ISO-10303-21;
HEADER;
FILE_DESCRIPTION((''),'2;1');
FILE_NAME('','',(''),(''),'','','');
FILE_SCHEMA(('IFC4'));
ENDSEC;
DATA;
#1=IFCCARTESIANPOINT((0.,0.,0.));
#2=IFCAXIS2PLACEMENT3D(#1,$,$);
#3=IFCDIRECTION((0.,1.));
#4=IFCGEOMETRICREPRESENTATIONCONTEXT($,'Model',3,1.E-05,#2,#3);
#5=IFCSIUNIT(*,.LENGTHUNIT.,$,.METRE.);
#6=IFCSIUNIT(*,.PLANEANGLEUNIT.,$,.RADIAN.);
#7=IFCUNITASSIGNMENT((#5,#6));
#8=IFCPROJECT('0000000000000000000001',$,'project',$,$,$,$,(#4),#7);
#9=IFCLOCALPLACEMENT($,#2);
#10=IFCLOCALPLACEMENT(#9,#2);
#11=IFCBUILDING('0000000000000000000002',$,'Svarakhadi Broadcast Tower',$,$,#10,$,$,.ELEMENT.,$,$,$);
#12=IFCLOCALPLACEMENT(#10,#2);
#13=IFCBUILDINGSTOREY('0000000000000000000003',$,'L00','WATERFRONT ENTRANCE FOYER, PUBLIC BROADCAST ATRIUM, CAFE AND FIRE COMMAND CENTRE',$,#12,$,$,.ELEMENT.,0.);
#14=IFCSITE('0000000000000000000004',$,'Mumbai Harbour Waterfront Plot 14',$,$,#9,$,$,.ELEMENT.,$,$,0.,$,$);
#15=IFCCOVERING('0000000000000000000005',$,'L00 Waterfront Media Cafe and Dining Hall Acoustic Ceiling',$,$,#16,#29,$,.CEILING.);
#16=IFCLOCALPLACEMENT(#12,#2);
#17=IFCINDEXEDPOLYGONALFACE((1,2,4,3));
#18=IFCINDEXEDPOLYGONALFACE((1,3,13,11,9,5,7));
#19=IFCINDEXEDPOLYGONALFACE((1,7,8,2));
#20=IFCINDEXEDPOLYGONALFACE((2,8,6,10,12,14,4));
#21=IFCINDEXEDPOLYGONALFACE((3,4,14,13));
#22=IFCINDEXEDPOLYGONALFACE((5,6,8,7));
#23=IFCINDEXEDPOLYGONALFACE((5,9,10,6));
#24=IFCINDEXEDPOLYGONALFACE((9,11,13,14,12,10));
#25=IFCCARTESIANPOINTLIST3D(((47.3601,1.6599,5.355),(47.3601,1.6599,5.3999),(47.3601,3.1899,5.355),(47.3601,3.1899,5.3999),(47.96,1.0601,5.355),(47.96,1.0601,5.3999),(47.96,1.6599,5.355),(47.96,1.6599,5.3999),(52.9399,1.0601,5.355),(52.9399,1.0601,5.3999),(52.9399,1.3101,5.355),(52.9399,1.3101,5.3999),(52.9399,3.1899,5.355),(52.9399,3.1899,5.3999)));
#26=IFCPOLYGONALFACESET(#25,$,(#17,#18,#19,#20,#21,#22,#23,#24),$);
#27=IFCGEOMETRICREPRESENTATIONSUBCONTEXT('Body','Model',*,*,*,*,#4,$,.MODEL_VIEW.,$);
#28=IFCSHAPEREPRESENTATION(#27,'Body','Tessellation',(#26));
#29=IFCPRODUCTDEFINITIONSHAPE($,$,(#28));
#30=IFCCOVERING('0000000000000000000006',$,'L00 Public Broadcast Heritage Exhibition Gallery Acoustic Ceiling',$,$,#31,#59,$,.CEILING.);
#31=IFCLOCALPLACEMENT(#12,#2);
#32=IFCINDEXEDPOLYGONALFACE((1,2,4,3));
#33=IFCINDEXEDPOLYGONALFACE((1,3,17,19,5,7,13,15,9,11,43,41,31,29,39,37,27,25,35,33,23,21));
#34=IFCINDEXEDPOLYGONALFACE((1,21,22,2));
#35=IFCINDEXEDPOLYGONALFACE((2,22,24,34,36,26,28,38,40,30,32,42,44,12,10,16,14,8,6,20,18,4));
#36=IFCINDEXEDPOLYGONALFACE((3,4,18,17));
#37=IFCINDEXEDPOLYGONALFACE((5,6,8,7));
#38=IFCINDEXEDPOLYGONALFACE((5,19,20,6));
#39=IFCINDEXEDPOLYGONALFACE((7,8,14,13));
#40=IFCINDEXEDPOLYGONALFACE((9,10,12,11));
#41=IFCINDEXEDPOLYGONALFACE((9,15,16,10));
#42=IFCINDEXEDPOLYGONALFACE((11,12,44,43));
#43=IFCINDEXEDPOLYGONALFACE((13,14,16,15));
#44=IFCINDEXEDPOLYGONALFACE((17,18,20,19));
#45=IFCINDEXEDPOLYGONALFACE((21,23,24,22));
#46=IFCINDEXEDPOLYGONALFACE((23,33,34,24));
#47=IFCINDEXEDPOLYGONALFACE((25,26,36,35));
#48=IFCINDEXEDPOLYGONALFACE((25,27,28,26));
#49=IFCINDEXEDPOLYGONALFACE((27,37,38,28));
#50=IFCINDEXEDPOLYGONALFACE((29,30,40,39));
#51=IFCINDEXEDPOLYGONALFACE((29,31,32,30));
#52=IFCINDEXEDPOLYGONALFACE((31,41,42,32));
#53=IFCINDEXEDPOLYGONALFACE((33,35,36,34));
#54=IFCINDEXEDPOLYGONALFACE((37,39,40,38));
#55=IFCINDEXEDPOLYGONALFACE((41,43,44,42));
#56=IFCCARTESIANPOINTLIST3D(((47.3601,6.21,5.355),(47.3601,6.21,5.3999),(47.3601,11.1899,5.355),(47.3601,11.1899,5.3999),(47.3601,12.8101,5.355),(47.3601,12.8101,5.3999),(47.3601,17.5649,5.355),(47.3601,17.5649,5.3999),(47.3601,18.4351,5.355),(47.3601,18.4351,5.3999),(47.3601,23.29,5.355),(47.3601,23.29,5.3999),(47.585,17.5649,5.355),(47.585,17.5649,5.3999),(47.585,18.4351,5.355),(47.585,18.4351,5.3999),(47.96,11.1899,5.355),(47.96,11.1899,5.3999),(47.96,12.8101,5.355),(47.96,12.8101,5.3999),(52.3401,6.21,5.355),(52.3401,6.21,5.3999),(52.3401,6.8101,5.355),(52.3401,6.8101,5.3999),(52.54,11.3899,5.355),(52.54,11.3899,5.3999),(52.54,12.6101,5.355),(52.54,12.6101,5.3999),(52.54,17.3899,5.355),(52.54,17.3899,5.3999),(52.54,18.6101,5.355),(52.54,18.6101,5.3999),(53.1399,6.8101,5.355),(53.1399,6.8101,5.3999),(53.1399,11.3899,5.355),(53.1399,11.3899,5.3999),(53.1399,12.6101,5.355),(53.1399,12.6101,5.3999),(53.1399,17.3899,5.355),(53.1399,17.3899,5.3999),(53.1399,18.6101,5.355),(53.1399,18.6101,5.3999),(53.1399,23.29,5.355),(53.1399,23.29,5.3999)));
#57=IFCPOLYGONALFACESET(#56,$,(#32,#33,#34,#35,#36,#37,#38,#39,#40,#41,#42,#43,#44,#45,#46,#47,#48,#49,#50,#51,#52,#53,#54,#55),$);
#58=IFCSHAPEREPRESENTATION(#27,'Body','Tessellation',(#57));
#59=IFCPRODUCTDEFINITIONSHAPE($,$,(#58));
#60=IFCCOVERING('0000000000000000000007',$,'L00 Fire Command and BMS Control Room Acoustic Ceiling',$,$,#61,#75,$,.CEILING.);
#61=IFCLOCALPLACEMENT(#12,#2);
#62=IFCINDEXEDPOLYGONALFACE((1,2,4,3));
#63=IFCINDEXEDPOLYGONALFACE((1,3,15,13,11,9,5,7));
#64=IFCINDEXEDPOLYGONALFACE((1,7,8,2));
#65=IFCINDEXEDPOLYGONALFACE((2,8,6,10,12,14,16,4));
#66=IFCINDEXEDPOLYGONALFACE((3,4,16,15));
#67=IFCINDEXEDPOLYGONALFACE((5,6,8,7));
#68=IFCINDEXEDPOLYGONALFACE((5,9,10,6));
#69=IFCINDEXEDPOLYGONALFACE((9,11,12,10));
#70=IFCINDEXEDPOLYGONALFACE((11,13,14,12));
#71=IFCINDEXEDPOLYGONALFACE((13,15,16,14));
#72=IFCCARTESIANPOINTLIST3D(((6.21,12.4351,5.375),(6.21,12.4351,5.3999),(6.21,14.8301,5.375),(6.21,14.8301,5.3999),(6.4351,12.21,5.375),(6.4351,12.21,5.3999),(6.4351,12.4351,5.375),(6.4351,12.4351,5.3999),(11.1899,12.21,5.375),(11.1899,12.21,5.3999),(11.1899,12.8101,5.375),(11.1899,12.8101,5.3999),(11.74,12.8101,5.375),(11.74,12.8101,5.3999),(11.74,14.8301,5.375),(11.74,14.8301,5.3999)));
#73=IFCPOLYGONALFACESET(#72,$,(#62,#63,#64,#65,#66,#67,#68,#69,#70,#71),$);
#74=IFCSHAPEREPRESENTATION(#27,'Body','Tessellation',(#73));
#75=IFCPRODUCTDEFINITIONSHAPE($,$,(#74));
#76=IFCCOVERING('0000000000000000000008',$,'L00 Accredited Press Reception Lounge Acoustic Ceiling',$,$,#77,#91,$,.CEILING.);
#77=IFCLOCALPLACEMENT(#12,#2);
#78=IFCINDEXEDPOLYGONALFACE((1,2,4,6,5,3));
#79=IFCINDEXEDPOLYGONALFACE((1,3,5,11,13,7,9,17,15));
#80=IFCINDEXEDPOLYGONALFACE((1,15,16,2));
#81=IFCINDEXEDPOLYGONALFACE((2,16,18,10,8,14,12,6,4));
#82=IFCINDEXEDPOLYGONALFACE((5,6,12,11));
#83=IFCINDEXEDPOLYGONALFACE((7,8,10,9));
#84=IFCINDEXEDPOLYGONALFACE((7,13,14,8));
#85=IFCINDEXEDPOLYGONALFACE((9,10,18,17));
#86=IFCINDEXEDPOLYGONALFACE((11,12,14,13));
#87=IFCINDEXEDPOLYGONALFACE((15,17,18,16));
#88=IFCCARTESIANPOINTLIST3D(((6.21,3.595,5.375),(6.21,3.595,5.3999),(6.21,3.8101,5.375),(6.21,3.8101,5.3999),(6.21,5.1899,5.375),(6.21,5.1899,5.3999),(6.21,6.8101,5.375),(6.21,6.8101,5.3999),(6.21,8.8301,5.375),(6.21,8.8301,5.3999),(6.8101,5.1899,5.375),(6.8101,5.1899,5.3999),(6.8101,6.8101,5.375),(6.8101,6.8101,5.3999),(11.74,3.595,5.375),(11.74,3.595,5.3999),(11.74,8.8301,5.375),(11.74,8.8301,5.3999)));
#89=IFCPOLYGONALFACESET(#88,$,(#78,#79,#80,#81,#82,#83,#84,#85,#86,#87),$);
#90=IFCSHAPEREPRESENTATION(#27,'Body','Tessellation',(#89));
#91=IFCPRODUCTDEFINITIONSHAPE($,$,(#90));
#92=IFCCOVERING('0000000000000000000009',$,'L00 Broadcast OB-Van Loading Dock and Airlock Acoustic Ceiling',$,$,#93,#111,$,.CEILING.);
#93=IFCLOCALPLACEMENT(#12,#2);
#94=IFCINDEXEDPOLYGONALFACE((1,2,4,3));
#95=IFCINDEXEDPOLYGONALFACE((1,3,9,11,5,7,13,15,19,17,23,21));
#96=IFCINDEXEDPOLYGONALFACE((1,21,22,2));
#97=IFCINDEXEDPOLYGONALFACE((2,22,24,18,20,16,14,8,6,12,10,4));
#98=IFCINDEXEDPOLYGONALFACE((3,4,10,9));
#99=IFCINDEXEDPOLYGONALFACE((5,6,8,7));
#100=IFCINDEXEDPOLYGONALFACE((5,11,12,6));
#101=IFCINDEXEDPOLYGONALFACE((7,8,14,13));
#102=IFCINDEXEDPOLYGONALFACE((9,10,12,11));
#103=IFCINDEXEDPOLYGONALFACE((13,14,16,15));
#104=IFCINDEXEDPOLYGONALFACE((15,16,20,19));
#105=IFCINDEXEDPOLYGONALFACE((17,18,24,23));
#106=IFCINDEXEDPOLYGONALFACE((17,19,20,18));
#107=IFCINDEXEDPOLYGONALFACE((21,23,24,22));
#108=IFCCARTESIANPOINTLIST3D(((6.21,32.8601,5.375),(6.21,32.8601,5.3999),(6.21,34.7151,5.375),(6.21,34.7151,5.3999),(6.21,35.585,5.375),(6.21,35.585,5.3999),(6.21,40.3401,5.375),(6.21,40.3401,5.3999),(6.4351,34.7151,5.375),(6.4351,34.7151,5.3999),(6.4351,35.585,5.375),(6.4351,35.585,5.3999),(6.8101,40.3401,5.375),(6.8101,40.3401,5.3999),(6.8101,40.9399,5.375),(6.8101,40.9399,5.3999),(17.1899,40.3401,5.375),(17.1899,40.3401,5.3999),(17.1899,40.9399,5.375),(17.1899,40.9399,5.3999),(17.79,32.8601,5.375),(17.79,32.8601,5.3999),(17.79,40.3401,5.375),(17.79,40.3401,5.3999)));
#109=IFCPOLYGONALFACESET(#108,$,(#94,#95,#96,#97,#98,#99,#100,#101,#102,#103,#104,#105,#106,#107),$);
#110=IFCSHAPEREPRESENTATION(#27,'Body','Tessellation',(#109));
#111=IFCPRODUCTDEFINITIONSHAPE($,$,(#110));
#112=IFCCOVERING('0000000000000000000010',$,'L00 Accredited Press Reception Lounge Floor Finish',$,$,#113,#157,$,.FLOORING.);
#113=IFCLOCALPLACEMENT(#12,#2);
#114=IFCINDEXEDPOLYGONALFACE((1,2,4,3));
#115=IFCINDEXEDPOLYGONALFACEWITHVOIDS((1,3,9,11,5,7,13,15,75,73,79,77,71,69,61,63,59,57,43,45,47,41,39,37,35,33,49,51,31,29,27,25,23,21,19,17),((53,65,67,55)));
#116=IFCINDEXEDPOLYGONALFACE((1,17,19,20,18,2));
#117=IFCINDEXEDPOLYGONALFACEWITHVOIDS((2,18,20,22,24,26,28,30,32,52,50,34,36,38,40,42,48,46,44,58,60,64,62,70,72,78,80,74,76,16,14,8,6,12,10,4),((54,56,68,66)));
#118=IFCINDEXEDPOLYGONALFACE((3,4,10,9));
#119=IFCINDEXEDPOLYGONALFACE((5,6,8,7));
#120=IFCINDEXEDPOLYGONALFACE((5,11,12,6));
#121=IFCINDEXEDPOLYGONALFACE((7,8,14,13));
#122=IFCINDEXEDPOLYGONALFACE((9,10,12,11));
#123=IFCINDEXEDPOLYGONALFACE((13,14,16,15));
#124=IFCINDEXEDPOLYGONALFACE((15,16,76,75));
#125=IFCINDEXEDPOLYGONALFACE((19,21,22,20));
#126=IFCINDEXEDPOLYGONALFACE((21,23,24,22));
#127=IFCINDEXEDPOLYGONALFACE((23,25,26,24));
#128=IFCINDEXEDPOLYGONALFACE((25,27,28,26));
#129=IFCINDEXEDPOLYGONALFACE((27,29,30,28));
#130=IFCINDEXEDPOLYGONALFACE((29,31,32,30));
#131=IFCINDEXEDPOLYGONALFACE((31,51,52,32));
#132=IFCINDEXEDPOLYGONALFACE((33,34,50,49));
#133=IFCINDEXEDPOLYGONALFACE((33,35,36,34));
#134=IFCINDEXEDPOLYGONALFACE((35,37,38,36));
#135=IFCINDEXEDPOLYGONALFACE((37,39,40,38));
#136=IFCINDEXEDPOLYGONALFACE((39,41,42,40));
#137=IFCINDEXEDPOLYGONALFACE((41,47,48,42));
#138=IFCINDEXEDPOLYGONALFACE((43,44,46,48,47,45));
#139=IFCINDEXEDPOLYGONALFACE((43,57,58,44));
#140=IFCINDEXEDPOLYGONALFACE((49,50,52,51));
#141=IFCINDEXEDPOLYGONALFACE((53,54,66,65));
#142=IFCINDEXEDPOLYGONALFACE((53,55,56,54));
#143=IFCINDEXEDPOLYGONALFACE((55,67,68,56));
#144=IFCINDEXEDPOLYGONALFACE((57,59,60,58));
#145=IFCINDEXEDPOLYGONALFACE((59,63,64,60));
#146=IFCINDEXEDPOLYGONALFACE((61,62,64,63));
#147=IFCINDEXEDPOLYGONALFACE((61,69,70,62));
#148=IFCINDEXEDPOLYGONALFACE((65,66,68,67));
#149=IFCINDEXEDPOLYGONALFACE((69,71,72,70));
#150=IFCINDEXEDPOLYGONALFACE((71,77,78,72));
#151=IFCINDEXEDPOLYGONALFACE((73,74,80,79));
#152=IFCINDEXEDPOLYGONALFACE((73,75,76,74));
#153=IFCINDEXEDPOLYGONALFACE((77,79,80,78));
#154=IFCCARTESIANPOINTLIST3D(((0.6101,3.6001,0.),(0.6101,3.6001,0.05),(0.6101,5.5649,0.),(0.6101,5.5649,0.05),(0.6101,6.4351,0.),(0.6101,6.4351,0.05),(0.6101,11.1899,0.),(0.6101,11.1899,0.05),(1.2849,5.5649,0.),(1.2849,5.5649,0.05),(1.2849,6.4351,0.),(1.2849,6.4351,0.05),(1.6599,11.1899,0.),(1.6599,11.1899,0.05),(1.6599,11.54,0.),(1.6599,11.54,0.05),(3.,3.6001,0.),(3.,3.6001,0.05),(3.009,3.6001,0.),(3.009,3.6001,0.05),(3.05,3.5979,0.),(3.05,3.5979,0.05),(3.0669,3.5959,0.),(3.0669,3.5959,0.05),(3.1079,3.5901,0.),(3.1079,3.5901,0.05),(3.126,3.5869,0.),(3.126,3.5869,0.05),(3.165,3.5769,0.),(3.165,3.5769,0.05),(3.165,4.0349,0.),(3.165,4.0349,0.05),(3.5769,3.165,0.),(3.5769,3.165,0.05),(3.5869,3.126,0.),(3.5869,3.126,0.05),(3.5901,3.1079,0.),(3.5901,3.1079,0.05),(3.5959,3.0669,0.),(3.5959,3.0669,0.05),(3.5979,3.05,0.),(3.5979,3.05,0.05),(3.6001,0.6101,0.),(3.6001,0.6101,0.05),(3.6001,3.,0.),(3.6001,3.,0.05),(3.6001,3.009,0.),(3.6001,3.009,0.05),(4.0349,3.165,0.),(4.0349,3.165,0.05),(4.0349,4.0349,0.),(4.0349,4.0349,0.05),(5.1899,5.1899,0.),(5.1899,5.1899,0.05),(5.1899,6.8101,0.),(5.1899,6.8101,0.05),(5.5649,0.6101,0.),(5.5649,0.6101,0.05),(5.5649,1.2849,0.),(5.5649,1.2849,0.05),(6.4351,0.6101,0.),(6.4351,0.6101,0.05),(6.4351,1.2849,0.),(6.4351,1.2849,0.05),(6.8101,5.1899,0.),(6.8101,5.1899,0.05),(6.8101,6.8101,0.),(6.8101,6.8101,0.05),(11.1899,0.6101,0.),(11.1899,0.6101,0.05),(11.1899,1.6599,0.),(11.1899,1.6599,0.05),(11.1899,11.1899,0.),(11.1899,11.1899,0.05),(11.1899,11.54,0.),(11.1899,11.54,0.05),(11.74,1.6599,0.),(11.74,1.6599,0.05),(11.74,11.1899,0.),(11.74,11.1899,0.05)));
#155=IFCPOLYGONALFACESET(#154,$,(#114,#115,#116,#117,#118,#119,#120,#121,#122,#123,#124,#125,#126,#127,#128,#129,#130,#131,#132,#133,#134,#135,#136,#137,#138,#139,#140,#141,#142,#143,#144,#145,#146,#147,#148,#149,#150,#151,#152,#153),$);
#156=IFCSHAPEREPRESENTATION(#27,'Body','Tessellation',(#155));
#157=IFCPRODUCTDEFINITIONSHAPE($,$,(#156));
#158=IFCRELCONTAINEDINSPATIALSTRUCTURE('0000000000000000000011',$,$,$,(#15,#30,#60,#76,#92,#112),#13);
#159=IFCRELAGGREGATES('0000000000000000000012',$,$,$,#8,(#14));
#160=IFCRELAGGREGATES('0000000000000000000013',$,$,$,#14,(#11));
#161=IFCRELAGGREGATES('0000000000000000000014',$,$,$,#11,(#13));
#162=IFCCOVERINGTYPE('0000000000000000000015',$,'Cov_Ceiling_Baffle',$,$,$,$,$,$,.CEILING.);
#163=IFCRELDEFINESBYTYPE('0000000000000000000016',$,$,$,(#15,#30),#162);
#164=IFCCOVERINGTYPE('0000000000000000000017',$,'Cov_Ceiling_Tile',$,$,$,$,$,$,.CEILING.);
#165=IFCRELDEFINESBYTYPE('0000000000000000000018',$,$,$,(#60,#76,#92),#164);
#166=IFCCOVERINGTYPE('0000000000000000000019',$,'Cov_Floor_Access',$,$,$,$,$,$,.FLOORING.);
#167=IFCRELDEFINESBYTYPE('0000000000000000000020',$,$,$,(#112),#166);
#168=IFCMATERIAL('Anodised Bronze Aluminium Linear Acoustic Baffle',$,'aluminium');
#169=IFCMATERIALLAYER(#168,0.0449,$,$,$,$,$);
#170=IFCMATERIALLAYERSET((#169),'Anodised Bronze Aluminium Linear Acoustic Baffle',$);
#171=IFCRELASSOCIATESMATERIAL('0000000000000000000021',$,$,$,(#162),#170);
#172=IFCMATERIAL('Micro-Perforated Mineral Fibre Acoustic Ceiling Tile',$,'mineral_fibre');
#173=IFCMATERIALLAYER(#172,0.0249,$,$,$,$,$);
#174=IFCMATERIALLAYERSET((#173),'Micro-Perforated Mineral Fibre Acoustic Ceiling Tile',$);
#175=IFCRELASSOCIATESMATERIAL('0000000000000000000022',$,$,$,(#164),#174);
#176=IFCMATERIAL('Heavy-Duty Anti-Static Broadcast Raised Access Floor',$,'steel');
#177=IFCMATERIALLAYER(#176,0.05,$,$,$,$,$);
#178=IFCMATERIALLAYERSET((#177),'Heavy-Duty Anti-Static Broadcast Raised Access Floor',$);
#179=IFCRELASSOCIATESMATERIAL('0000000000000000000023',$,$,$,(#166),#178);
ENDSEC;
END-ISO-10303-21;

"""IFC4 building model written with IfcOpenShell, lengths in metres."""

from ifc_helpers import new_model, si_unit, direction, frame, origin, place, context, subcontext, project, spatial, polyline, outline, extrude, material, layer, layer_set, type_object, element, save


model = new_model("IFC4")

# Units and contexts
model_context = context("Model", 3, precision=1e-05, world=origin(), true_north=direction((0.0, 1.0)))
body_context = subcontext(model_context, "Body", "Model", "MODEL_VIEW")
ifc_project = project(units=[si_unit("LENGTHUNIT", "METRE"), si_unit("PLANEANGLEUNIT", "RADIAN")], contexts=[model_context])

# Site, building, storey
site_placement = place(None, origin())
site = spatial("IfcSite", under=ifc_project, at=site_placement, Name="Mumbai Harbour Waterfront Plot 14", CompositionType="ELEMENT", RefElevation=0.0)
building_placement = place(site_placement, origin())
building = spatial("IfcBuilding", under=site, at=building_placement, Name="Svarakhadi Broadcast Tower", CompositionType="ELEMENT")
storey_placement = place(building_placement, origin())
storey = spatial("IfcBuildingStorey", under=building, at=storey_placement, Name="L00", Description="WATERFRONT ENTRANCE FOYER, PUBLIC BROADCAST ATRIUM, CAFE AND FIRE COMMAND CENTRE", CompositionType="ELEMENT", Elevation=0.0)

# Coverings
ifc_material_1 = material(Name="Anodised Bronze Aluminium Linear Acoustic Baffle", Category="aluminium")
ifc_layer_1 = layer(ifc_material_1, 0.0449)
ifc_layer_set_1 = layer_set([ifc_layer_1], Name="Anodised Bronze Aluminium Linear Acoustic Baffle")
covering_type_1 = type_object("IfcCoveringType", Name="Cov_Ceiling_Baffle", PredefinedType="CEILING", material=ifc_layer_set_1)
covering_1_placement = place(storey_placement, frame((0.0, 0.0, 5.355)))
element("IfcCovering", 1, at=covering_1_placement, inside=storey, type_object=covering_type_1, Name="L00 Waterfront Media Cafe and Dining Hall Acoustic Ceiling", PredefinedType="CEILING", context=body_context, shape_type="SweptSolid", body=[
    extrude(outline(polyline([(52.9399, 3.1899), (52.9399, 1.3101), (52.9399, 1.0601), (47.96, 1.0601), (47.96, 1.6599), (47.3601, 1.6599), (47.3601, 3.1899), (52.9399, 3.1899)])), origin(), (0.0, 0.0, 1.0), 0.0449),
])
covering_2_placement = place(storey_placement, frame((0.0, 0.0, 5.355)))
element("IfcCovering", 2, at=covering_2_placement, inside=storey, type_object=covering_type_1, Name="L00 Public Broadcast Heritage Exhibition Gallery Acoustic Ceiling", PredefinedType="CEILING", context=body_context, shape_type="SweptSolid", body=[
    extrude(outline(polyline([(53.1399, 23.29), (53.1399, 18.6101), (52.54, 18.6101), (52.54, 17.3899), (53.1399, 17.3899), (53.1399, 12.6101), (52.54, 12.6101), (52.54, 11.3899), (53.1399, 11.3899), (53.1399, 6.8101), (52.3401, 6.8101), (52.3401, 6.21), (47.3601, 6.21), (47.3601, 11.1899), (47.96, 11.1899), (47.96, 12.8101), (47.3601, 12.8101), (47.3601, 17.5649), (47.585, 17.5649), (47.585, 18.4351), (47.3601, 18.4351), (47.3601, 23.29), (53.1399, 23.29)])), origin(), (0.0, 0.0, 1.0), 0.0449),
])
ifc_material_2 = material(Name="Micro-Perforated Mineral Fibre Acoustic Ceiling Tile", Category="mineral_fibre")
ifc_layer_2 = layer(ifc_material_2, 0.0249)
ifc_layer_set_2 = layer_set([ifc_layer_2], Name="Micro-Perforated Mineral Fibre Acoustic Ceiling Tile")
covering_type_2 = type_object("IfcCoveringType", Name="Cov_Ceiling_Tile", PredefinedType="CEILING", material=ifc_layer_set_2)
covering_3_placement = place(storey_placement, frame((0.0, 0.0, 5.375)))
element("IfcCovering", 3, at=covering_3_placement, inside=storey, type_object=covering_type_2, Name="L00 Fire Command and BMS Control Room Acoustic Ceiling", PredefinedType="CEILING", context=body_context, shape_type="SweptSolid", body=[
    extrude(outline(polyline([(11.74, 12.8101), (11.1899, 12.8101), (11.1899, 12.21), (6.4351, 12.21), (6.4351, 12.4351), (6.21, 12.4351), (6.21, 14.8301), (11.74, 14.8301), (11.74, 12.8101)])), origin(), (0.0, 0.0, 1.0), 0.0249),
])
covering_4_placement = place(storey_placement, frame((0.0, 0.0, 5.375)))
element("IfcCovering", 4, at=covering_4_placement, inside=storey, type_object=covering_type_2, Name="L00 Accredited Press Reception Lounge Acoustic Ceiling", PredefinedType="CEILING", context=body_context, shape_type="SweptSolid", body=[
    extrude(outline(polyline([(11.74, 3.595), (6.21, 3.595), (6.21, 3.8101), (6.21, 5.1899), (6.8101, 5.1899), (6.8101, 6.8101), (6.21, 6.8101), (6.21, 8.8301), (11.74, 8.8301), (11.74, 3.595)])), origin(), (0.0, 0.0, 1.0), 0.0249),
])
covering_5_placement = place(storey_placement, frame((0.0, 0.0, 5.375)))
element("IfcCovering", 5, at=covering_5_placement, inside=storey, type_object=covering_type_2, Name="L00 Broadcast OB-Van Loading Dock and Airlock Acoustic Ceiling", PredefinedType="CEILING", context=body_context, shape_type="SweptSolid", body=[
    extrude(outline(polyline([(6.21, 32.8601), (6.21, 34.7151), (6.4351, 34.7151), (6.4351, 35.585), (6.21, 35.585), (6.21, 40.3401), (6.8101, 40.3401), (6.8101, 40.9399), (17.1899, 40.9399), (17.1899, 40.3401), (17.79, 40.3401), (17.79, 32.8601), (6.21, 32.8601)])), origin(), (0.0, 0.0, 1.0), 0.0249),
])
ifc_material_3 = material(Name="Heavy-Duty Anti-Static Broadcast Raised Access Floor", Category="steel")
ifc_layer_3 = layer(ifc_material_3, 0.05)
ifc_layer_set_3 = layer_set([ifc_layer_3], Name="Heavy-Duty Anti-Static Broadcast Raised Access Floor")
covering_type_3 = type_object("IfcCoveringType", Name="Cov_Floor_Access", PredefinedType="FLOORING", material=ifc_layer_set_3)
covering_6_placement = place(storey_placement, origin())
element("IfcCovering", 6, at=covering_6_placement, inside=storey, type_object=covering_type_3, Name="L00 Accredited Press Reception Lounge Floor Finish", PredefinedType="FLOORING", context=body_context, shape_type="SweptSolid", body=[
    extrude(outline(polyline([(11.74, 1.6599), (11.1899, 1.6599), (11.1899, 0.6101), (6.4351, 0.6101), (6.4351, 1.2849), (5.5649, 1.2849), (5.5649, 0.6101), (3.6001, 0.6101), (3.6001, 3.0), (3.6001, 3.009), (3.5979, 3.05), (3.5959, 3.0669), (3.5901, 3.1079), (3.5869, 3.126), (3.5769, 3.165), (4.0349, 3.165), (4.0349, 4.0349), (3.165, 4.0349), (3.165, 3.5769), (3.126, 3.5869), (3.1079, 3.5901), (3.0669, 3.5959), (3.05, 3.5979), (3.009, 3.6001), (3.0, 3.6001), (0.6101, 3.6001), (0.6101, 5.5649), (1.2849, 5.5649), (1.2849, 6.4351), (0.6101, 6.4351), (0.6101, 11.1899), (1.6599, 11.1899), (1.6599, 11.54), (11.1899, 11.54), (11.1899, 11.1899), (11.74, 11.1899), (11.74, 1.6599)]), holes=[polyline([(5.1899, 5.1899), (6.8101, 5.1899), (6.8101, 6.8101), (5.1899, 6.8101), (5.1899, 5.1899)])]), origin(), (0.0, 0.0, 1.0), 0.05),
])

save(model, "model.ifc")
